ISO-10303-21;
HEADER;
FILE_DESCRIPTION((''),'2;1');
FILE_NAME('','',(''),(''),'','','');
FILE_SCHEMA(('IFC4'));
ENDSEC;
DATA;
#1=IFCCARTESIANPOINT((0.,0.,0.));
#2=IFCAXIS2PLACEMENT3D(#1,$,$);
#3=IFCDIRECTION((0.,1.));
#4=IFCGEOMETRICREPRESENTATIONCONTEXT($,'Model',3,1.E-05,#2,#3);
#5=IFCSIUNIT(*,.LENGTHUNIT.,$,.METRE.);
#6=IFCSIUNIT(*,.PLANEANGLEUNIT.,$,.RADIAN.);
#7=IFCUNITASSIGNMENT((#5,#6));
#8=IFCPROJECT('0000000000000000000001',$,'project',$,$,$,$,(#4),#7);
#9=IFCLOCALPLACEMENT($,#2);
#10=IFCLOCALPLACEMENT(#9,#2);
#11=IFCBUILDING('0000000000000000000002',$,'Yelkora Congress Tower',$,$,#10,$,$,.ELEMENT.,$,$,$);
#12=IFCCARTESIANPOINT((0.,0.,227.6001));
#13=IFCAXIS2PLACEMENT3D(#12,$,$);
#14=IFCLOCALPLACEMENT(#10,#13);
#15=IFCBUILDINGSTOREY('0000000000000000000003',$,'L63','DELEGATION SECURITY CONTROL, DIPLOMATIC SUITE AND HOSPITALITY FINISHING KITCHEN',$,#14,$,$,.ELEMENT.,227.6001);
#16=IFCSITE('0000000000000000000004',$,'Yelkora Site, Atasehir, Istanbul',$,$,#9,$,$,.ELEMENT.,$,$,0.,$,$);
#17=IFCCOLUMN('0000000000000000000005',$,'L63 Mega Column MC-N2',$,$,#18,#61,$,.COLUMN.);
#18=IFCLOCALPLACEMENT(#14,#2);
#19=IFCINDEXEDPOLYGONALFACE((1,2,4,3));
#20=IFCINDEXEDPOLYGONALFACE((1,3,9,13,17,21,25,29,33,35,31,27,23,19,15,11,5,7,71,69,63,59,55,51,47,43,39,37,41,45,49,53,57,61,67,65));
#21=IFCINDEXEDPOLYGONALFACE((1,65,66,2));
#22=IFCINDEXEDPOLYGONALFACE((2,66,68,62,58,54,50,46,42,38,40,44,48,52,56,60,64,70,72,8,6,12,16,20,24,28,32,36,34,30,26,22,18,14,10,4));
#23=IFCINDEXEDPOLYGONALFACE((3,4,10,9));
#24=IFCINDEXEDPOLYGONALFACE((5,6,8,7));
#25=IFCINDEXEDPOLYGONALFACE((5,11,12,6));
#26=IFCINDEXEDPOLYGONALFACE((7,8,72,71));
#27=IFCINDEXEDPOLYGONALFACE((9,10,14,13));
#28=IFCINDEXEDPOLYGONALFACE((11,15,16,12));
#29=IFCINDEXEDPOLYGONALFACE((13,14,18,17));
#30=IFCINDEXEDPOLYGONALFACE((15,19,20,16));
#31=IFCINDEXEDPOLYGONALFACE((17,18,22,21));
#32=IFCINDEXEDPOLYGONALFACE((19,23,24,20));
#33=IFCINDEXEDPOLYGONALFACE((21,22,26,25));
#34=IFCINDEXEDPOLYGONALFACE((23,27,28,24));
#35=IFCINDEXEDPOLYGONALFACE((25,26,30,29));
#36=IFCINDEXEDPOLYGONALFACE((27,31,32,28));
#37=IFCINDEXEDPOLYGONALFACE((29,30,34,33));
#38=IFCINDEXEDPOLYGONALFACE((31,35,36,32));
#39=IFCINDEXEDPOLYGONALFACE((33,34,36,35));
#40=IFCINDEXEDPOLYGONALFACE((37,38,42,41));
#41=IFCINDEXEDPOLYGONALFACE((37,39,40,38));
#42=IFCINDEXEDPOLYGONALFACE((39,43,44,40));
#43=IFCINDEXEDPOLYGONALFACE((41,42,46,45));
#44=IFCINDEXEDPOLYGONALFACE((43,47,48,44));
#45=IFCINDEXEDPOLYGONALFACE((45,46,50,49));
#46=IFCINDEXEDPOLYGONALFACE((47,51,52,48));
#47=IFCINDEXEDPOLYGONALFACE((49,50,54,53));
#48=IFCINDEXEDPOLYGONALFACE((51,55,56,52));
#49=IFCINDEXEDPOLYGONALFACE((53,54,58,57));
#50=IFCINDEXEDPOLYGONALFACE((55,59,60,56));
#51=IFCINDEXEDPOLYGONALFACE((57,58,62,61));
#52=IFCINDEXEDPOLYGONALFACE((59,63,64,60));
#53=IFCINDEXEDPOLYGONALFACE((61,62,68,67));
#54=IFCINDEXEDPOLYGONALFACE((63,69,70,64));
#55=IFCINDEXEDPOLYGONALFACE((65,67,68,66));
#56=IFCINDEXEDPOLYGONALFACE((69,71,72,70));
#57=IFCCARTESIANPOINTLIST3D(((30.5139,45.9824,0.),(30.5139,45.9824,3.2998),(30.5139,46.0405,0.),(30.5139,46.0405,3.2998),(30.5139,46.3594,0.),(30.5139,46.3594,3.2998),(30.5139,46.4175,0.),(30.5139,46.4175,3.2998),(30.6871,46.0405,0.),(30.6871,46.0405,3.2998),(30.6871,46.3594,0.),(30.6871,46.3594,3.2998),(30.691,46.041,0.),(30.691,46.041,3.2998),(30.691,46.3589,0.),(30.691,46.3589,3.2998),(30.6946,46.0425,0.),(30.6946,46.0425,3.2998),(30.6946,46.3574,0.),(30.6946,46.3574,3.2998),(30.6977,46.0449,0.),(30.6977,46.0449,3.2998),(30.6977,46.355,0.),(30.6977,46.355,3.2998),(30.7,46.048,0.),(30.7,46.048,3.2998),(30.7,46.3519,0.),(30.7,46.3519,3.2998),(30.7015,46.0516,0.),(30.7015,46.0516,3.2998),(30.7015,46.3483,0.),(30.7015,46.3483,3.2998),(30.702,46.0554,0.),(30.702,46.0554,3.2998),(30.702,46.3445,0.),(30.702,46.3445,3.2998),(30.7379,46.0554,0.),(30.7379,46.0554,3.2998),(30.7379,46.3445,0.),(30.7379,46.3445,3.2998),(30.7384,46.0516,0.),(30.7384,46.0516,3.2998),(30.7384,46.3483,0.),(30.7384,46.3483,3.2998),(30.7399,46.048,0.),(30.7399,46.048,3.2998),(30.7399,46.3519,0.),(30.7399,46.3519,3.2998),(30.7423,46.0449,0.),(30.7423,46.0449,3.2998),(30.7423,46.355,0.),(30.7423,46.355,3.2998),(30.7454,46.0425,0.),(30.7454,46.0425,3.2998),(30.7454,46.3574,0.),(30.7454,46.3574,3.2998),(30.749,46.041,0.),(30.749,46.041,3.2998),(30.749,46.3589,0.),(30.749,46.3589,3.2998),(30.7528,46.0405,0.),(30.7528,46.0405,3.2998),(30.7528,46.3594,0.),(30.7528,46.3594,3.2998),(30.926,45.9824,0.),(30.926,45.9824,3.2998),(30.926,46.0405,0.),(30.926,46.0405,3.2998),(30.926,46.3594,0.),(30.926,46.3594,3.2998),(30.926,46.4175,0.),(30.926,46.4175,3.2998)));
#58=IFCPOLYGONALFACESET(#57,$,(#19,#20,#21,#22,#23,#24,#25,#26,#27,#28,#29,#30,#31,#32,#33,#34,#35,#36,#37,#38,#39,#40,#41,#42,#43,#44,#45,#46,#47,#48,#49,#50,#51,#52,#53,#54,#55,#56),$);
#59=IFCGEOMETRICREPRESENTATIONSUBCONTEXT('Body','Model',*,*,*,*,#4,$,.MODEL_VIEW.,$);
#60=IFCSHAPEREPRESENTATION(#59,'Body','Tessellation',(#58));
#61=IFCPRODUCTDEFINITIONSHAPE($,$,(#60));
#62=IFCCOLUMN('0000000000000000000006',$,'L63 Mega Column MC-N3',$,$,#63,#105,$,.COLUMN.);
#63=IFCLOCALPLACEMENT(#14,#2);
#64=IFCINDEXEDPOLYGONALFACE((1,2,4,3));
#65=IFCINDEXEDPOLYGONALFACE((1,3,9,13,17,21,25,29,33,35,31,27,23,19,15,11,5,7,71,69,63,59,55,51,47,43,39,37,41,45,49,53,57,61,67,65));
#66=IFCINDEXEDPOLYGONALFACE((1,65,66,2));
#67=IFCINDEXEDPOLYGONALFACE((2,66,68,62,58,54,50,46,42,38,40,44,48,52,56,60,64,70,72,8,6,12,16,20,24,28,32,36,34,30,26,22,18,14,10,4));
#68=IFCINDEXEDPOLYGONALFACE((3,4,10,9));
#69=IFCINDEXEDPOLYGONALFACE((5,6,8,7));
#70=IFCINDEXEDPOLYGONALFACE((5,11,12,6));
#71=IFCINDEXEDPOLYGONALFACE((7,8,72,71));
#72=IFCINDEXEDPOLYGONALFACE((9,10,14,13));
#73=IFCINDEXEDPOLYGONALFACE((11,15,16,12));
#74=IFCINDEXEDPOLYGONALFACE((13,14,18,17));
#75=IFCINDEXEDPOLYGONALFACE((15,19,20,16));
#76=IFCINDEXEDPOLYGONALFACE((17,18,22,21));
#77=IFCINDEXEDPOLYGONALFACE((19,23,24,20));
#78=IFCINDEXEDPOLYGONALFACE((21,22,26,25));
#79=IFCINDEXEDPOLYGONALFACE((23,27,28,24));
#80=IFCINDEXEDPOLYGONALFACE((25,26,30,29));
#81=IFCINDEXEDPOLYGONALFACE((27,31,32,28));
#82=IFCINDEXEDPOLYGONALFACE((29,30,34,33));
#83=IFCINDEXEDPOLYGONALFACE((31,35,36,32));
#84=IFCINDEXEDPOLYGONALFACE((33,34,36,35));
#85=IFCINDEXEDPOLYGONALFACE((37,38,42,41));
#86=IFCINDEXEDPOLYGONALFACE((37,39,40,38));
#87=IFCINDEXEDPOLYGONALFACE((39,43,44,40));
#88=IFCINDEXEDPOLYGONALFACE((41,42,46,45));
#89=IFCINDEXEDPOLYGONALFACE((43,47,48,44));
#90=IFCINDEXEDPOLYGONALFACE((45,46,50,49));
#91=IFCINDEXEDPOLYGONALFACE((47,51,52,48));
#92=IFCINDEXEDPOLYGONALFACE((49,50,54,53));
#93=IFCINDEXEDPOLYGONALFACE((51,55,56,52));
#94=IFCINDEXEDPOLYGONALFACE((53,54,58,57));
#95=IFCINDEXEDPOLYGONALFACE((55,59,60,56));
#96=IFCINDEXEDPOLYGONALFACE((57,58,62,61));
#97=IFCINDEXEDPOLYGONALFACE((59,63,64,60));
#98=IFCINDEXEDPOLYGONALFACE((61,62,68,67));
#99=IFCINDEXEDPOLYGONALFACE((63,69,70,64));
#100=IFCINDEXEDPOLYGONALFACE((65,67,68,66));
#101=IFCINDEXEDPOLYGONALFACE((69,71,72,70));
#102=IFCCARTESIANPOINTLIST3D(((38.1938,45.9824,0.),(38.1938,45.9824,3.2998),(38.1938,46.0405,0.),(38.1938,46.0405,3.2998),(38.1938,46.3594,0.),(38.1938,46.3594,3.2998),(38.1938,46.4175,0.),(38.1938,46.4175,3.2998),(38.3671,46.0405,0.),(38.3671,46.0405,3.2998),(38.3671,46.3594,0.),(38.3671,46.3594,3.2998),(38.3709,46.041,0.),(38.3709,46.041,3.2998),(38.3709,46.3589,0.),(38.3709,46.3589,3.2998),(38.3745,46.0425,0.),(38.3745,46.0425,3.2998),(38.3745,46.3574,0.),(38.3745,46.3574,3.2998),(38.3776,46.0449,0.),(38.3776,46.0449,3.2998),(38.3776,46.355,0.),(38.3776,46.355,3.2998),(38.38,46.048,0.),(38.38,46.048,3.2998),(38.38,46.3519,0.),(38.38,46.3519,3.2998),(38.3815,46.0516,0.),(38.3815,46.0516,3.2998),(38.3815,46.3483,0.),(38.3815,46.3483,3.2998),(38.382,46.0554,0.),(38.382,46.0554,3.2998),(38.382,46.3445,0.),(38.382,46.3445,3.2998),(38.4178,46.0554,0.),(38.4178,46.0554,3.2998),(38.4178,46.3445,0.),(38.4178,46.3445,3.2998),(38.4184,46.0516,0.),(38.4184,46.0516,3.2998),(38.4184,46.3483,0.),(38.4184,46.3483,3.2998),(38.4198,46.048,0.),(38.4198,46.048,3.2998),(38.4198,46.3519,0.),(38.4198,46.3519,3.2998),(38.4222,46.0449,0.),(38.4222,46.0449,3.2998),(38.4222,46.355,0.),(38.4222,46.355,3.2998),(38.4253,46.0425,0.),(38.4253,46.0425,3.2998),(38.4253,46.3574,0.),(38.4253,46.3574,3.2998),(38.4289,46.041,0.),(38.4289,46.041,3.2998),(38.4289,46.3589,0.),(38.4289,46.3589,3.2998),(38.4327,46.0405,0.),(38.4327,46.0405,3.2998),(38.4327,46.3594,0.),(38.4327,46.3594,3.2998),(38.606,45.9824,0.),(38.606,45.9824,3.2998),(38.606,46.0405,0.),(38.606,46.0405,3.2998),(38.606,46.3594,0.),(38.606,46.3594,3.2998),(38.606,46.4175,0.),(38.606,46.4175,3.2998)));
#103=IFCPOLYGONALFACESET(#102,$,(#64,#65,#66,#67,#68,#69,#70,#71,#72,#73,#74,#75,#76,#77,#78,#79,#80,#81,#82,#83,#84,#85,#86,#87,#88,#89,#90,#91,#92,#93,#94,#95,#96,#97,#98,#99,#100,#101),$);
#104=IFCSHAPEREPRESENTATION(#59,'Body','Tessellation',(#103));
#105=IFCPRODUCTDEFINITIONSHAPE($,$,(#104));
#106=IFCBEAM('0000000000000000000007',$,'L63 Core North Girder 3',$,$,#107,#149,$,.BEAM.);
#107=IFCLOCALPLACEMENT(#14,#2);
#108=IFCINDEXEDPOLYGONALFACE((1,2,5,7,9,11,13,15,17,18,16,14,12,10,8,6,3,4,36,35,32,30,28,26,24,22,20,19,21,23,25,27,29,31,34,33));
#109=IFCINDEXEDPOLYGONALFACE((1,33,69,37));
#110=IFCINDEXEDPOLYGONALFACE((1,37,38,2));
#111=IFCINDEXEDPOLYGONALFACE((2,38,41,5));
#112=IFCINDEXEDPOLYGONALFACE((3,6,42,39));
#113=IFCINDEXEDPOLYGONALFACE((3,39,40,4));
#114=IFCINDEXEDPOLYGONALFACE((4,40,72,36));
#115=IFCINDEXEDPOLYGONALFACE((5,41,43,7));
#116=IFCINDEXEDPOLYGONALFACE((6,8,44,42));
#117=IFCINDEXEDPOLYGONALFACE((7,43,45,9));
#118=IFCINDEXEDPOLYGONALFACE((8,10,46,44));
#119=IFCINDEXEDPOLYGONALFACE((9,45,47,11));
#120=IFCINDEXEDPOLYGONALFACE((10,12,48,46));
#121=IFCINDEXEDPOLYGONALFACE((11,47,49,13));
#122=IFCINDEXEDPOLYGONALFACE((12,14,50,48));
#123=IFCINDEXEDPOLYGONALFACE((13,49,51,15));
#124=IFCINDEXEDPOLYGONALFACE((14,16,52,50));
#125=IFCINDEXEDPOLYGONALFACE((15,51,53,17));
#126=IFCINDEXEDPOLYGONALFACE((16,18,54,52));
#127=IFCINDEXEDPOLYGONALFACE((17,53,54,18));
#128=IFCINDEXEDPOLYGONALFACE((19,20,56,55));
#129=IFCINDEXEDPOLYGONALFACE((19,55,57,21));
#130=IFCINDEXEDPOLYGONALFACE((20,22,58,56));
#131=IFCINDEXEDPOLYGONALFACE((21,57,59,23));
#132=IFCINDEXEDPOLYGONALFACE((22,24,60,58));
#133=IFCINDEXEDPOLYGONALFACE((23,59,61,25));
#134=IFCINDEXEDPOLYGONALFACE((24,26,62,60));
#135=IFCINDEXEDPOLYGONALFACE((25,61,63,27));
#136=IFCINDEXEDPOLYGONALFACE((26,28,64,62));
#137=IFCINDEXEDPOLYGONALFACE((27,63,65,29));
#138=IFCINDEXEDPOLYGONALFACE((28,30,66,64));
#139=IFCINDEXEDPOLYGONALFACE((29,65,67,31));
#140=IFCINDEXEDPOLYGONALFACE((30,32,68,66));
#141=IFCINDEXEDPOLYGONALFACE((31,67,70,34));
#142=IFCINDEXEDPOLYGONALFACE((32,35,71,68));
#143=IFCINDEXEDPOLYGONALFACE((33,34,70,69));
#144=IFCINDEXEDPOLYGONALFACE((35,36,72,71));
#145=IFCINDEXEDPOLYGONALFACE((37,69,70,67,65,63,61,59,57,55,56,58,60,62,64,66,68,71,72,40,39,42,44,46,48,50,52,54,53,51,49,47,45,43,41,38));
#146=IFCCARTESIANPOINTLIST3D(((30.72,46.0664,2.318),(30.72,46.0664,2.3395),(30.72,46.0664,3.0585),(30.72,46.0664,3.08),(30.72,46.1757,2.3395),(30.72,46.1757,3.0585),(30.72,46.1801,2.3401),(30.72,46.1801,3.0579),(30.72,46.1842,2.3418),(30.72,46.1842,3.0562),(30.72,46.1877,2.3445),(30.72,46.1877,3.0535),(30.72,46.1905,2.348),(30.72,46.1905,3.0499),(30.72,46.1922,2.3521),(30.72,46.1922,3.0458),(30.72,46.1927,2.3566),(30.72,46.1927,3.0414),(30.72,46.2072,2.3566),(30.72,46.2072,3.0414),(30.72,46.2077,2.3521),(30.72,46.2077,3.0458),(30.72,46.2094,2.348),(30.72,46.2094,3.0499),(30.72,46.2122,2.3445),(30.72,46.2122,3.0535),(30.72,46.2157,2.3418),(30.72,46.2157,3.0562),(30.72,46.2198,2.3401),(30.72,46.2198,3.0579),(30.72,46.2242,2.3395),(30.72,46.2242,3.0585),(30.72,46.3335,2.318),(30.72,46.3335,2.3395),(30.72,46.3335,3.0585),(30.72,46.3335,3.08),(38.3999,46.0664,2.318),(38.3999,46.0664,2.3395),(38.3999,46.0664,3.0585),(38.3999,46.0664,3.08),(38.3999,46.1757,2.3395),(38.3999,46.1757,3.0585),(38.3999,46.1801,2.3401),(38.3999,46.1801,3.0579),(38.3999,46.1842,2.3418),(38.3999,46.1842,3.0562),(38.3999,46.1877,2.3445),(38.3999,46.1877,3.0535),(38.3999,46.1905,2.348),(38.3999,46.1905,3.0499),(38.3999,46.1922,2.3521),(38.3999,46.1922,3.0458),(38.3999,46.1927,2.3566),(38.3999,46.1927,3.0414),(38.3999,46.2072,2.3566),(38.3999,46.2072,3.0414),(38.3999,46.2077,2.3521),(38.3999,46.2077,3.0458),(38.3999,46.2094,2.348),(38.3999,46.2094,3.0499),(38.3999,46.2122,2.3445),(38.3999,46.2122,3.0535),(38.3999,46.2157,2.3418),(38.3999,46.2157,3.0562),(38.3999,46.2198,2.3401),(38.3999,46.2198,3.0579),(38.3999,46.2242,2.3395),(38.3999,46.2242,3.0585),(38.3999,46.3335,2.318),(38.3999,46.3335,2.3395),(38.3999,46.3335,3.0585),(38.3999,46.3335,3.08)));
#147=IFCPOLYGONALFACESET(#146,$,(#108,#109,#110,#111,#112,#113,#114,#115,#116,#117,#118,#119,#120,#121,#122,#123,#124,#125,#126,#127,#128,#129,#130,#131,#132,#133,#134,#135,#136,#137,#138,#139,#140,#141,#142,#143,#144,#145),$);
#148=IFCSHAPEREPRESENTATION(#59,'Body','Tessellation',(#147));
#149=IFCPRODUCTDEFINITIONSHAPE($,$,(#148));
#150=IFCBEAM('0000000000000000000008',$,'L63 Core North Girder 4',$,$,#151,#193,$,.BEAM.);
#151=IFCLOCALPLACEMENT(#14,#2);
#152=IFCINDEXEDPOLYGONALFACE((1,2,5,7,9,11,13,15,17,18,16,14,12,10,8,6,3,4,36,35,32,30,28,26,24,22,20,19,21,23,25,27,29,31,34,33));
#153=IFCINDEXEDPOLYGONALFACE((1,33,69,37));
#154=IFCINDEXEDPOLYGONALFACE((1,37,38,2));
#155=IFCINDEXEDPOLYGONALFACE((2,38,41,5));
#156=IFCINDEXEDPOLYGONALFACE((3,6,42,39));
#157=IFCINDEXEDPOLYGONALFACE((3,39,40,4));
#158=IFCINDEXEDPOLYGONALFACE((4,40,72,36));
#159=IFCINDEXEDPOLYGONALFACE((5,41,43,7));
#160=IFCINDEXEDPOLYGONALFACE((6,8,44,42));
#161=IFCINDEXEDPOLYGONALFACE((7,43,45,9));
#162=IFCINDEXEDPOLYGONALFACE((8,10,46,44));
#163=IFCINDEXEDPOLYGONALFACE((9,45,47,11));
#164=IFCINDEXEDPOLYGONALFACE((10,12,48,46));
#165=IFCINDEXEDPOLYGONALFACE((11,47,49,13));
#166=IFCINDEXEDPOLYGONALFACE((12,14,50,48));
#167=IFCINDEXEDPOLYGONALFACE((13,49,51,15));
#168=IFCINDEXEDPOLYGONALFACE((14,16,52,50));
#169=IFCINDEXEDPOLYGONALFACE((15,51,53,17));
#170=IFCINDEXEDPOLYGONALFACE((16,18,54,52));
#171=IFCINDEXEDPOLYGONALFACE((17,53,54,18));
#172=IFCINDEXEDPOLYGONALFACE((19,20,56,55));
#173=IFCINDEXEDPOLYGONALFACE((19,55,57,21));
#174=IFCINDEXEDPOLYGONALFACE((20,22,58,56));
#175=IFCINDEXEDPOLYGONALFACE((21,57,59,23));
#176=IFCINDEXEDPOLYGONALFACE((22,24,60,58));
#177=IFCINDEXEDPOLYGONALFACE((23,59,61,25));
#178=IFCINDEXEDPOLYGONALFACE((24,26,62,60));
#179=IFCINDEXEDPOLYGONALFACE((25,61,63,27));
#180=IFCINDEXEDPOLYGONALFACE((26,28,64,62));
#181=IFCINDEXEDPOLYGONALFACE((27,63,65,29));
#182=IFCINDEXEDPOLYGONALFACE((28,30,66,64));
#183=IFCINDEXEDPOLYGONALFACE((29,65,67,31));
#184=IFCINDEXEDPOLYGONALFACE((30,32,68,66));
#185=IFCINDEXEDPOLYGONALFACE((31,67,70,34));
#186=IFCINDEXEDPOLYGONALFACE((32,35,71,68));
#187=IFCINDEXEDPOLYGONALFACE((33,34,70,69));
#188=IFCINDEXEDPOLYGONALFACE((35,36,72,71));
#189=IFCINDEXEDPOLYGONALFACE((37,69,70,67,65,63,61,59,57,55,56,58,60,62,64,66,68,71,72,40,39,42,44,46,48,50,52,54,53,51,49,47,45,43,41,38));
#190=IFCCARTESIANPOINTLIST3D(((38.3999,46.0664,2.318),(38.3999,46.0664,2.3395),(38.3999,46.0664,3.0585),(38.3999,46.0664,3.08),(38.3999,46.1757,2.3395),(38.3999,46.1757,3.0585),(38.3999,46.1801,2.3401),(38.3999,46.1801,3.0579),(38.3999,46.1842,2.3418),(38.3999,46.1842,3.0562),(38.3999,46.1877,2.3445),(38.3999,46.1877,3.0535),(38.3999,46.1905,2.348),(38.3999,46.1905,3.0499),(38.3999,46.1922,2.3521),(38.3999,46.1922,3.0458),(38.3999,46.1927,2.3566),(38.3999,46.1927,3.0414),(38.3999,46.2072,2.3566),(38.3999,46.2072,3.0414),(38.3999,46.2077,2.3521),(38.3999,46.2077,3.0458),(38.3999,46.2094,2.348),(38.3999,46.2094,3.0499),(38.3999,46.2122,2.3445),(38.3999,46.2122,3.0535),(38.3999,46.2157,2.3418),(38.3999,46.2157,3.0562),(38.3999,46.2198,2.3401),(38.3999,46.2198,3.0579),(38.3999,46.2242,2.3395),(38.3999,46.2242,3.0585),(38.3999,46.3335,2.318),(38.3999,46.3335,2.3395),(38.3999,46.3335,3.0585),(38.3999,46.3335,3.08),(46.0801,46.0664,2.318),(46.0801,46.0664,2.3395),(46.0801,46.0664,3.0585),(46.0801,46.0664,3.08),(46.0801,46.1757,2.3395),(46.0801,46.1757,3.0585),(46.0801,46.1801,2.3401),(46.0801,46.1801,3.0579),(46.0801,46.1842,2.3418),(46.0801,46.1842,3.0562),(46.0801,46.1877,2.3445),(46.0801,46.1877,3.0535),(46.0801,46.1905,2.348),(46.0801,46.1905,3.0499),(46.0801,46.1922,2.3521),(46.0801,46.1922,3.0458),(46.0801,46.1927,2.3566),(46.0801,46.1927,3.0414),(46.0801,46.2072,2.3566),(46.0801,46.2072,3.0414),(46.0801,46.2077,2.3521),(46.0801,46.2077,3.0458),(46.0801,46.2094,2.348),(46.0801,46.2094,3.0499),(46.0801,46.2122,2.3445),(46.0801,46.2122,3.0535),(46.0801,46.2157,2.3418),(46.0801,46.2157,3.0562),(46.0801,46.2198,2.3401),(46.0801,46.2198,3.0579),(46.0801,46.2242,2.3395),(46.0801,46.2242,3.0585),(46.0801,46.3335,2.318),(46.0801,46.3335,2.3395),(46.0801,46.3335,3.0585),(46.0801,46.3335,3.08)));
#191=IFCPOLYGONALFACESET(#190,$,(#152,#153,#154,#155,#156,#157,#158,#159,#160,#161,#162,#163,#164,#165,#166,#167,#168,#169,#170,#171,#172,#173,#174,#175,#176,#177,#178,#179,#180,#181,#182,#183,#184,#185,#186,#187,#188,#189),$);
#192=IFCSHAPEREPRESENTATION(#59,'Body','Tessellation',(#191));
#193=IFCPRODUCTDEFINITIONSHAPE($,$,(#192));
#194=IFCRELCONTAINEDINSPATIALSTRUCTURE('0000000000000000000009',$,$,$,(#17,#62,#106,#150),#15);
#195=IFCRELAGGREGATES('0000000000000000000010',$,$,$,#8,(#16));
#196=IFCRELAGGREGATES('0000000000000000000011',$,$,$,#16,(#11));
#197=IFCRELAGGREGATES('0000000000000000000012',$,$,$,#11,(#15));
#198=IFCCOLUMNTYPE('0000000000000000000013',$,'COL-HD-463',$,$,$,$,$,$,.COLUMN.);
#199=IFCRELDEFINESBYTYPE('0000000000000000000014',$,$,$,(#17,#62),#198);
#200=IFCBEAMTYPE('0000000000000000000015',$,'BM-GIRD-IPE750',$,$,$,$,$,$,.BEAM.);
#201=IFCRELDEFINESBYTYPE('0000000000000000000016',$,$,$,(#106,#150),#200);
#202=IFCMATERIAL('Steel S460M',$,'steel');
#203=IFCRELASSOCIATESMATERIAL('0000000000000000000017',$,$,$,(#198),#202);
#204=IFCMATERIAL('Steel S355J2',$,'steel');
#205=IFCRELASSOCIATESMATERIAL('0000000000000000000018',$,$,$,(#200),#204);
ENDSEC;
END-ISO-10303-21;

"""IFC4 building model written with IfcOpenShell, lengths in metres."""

from ifc_helpers import new_model, si_unit, direction, frame, origin, origin_2d, place, context, subcontext, project, spatial, i_section, extrude, material, material_profile, profile_set, type_object, element, save


model = new_model("IFC4")

# Units and contexts
model_context = context("Model", 3, precision=1e-05, world=origin(), true_north=direction((0.0, 1.0)))
body_context = subcontext(model_context, "Body", "Model", "MODEL_VIEW")
ifc_project = project(units=[si_unit("LENGTHUNIT", "METRE"), si_unit("PLANEANGLEUNIT", "RADIAN")], contexts=[model_context])

# Site, building, storey
site_placement = place(None, origin())
site = spatial("IfcSite", under=ifc_project, at=site_placement, Name="Yelkora Site, Atasehir, Istanbul", CompositionType="ELEMENT", RefElevation=0.0)
building_placement = place(site_placement, origin())
building = spatial("IfcBuilding", under=site, at=building_placement, Name="Yelkora Congress Tower", CompositionType="ELEMENT")
storey_placement = place(building_placement, frame((0.0, 0.0, 227.6001)))
storey = spatial("IfcBuildingStorey", under=building, at=storey_placement, Name="L63", Description="DELEGATION SECURITY CONTROL, DIPLOMATIC SUITE AND HOSPITALITY FINISHING KITCHEN", CompositionType="ELEMENT", Elevation=227.6001)

# Columns
ifc_material_1 = material(Name="Steel S460M", Category="steel")
ifc_material_profile_1 = material_profile(ifc_material_1, i_section(OverallWidth=0.4121, OverallDepth=0.4351, WebThickness=0.0359, FlangeThickness=0.0581, FilletRadius=0.0149, at=origin_2d()), Name="HD 400x463")
ifc_profile_set_1 = profile_set([ifc_material_profile_1], Name="Steel S460M")
column_type = type_object("IfcColumnType", Name="COL-HD-463", PredefinedType="COLUMN", material=ifc_profile_set_1)
for number, where, z_axis, x_axis, name in (
    (1, (30.72, 46.2, 0.0), (0.0, 0.0, 1.0), (1.0, 0.0, 0.0), "L63 Mega Column MC-N2"),
    (2, (38.3999, 46.2, 0.0), (0.0, 0.0, 1.0), (1.0, 0.0, 0.0), "L63 Mega Column MC-N3"),
):
    element("IfcColumn", number, at=place(storey_placement, frame(where, z_axis=z_axis, x_axis=x_axis)), inside=storey, type_object=column_type, Name=name, PredefinedType="COLUMN", context=body_context, shape_type="SweptSolid", body=[
        extrude(i_section(OverallWidth=0.4121, OverallDepth=0.4351, WebThickness=0.0359, FlangeThickness=0.0581, FilletRadius=0.0149, at=origin_2d()), origin(), (0.0, 0.0, 1.0), 3.2998),
    ])

# Beams
ifc_material_2 = material(Name="Steel S355J2", Category="steel")
ifc_material_profile_2 = material_profile(ifc_material_2, i_section(OverallWidth=0.2671, OverallDepth=0.762, WebThickness=0.0144, FlangeThickness=0.0215, FilletRadius=0.0171, at=origin_2d()), Name="IPE 750x173")
ifc_profile_set_2 = profile_set([ifc_material_profile_2], Name="Steel S355J2")
beam_type = type_object("IfcBeamType", Name="BM-GIRD-IPE750", PredefinedType="BEAM", material=ifc_profile_set_2)
beam_1_placement = place(storey_placement, frame((30.72, 46.2, 2.699), z_axis=(1.0, 0.0, 0.0), x_axis=(0.0, 1.0, 0.0)))
element("IfcBeam", 3, at=beam_1_placement, inside=storey, type_object=beam_type, Name="L63 Core North Girder 3", PredefinedType="BEAM", context=body_context, shape_type="SweptSolid", body=[
    extrude(i_section(OverallWidth=0.2671, OverallDepth=0.762, WebThickness=0.0144, FlangeThickness=0.0215, FilletRadius=0.0171, at=origin_2d()), origin(), (0.0, 0.0, 1.0), 7.6799),
])
beam_2_placement = place(storey_placement, frame((38.3999, 46.2, 2.699), z_axis=(1.0, 0.0, 0.0), x_axis=(0.0, 1.0, 0.0)))
element("IfcBeam", 4, at=beam_2_placement, inside=storey, type_object=beam_type, Name="L63 Core North Girder 4", PredefinedType="BEAM", context=body_context, shape_type="SweptSolid", body=[
    extrude(i_section(OverallWidth=0.2671, OverallDepth=0.762, WebThickness=0.0144, FlangeThickness=0.0215, FilletRadius=0.0171, at=origin_2d()), origin(), (0.0, 0.0, 1.0), 7.6802),
])

save(model, "model.ifc")
